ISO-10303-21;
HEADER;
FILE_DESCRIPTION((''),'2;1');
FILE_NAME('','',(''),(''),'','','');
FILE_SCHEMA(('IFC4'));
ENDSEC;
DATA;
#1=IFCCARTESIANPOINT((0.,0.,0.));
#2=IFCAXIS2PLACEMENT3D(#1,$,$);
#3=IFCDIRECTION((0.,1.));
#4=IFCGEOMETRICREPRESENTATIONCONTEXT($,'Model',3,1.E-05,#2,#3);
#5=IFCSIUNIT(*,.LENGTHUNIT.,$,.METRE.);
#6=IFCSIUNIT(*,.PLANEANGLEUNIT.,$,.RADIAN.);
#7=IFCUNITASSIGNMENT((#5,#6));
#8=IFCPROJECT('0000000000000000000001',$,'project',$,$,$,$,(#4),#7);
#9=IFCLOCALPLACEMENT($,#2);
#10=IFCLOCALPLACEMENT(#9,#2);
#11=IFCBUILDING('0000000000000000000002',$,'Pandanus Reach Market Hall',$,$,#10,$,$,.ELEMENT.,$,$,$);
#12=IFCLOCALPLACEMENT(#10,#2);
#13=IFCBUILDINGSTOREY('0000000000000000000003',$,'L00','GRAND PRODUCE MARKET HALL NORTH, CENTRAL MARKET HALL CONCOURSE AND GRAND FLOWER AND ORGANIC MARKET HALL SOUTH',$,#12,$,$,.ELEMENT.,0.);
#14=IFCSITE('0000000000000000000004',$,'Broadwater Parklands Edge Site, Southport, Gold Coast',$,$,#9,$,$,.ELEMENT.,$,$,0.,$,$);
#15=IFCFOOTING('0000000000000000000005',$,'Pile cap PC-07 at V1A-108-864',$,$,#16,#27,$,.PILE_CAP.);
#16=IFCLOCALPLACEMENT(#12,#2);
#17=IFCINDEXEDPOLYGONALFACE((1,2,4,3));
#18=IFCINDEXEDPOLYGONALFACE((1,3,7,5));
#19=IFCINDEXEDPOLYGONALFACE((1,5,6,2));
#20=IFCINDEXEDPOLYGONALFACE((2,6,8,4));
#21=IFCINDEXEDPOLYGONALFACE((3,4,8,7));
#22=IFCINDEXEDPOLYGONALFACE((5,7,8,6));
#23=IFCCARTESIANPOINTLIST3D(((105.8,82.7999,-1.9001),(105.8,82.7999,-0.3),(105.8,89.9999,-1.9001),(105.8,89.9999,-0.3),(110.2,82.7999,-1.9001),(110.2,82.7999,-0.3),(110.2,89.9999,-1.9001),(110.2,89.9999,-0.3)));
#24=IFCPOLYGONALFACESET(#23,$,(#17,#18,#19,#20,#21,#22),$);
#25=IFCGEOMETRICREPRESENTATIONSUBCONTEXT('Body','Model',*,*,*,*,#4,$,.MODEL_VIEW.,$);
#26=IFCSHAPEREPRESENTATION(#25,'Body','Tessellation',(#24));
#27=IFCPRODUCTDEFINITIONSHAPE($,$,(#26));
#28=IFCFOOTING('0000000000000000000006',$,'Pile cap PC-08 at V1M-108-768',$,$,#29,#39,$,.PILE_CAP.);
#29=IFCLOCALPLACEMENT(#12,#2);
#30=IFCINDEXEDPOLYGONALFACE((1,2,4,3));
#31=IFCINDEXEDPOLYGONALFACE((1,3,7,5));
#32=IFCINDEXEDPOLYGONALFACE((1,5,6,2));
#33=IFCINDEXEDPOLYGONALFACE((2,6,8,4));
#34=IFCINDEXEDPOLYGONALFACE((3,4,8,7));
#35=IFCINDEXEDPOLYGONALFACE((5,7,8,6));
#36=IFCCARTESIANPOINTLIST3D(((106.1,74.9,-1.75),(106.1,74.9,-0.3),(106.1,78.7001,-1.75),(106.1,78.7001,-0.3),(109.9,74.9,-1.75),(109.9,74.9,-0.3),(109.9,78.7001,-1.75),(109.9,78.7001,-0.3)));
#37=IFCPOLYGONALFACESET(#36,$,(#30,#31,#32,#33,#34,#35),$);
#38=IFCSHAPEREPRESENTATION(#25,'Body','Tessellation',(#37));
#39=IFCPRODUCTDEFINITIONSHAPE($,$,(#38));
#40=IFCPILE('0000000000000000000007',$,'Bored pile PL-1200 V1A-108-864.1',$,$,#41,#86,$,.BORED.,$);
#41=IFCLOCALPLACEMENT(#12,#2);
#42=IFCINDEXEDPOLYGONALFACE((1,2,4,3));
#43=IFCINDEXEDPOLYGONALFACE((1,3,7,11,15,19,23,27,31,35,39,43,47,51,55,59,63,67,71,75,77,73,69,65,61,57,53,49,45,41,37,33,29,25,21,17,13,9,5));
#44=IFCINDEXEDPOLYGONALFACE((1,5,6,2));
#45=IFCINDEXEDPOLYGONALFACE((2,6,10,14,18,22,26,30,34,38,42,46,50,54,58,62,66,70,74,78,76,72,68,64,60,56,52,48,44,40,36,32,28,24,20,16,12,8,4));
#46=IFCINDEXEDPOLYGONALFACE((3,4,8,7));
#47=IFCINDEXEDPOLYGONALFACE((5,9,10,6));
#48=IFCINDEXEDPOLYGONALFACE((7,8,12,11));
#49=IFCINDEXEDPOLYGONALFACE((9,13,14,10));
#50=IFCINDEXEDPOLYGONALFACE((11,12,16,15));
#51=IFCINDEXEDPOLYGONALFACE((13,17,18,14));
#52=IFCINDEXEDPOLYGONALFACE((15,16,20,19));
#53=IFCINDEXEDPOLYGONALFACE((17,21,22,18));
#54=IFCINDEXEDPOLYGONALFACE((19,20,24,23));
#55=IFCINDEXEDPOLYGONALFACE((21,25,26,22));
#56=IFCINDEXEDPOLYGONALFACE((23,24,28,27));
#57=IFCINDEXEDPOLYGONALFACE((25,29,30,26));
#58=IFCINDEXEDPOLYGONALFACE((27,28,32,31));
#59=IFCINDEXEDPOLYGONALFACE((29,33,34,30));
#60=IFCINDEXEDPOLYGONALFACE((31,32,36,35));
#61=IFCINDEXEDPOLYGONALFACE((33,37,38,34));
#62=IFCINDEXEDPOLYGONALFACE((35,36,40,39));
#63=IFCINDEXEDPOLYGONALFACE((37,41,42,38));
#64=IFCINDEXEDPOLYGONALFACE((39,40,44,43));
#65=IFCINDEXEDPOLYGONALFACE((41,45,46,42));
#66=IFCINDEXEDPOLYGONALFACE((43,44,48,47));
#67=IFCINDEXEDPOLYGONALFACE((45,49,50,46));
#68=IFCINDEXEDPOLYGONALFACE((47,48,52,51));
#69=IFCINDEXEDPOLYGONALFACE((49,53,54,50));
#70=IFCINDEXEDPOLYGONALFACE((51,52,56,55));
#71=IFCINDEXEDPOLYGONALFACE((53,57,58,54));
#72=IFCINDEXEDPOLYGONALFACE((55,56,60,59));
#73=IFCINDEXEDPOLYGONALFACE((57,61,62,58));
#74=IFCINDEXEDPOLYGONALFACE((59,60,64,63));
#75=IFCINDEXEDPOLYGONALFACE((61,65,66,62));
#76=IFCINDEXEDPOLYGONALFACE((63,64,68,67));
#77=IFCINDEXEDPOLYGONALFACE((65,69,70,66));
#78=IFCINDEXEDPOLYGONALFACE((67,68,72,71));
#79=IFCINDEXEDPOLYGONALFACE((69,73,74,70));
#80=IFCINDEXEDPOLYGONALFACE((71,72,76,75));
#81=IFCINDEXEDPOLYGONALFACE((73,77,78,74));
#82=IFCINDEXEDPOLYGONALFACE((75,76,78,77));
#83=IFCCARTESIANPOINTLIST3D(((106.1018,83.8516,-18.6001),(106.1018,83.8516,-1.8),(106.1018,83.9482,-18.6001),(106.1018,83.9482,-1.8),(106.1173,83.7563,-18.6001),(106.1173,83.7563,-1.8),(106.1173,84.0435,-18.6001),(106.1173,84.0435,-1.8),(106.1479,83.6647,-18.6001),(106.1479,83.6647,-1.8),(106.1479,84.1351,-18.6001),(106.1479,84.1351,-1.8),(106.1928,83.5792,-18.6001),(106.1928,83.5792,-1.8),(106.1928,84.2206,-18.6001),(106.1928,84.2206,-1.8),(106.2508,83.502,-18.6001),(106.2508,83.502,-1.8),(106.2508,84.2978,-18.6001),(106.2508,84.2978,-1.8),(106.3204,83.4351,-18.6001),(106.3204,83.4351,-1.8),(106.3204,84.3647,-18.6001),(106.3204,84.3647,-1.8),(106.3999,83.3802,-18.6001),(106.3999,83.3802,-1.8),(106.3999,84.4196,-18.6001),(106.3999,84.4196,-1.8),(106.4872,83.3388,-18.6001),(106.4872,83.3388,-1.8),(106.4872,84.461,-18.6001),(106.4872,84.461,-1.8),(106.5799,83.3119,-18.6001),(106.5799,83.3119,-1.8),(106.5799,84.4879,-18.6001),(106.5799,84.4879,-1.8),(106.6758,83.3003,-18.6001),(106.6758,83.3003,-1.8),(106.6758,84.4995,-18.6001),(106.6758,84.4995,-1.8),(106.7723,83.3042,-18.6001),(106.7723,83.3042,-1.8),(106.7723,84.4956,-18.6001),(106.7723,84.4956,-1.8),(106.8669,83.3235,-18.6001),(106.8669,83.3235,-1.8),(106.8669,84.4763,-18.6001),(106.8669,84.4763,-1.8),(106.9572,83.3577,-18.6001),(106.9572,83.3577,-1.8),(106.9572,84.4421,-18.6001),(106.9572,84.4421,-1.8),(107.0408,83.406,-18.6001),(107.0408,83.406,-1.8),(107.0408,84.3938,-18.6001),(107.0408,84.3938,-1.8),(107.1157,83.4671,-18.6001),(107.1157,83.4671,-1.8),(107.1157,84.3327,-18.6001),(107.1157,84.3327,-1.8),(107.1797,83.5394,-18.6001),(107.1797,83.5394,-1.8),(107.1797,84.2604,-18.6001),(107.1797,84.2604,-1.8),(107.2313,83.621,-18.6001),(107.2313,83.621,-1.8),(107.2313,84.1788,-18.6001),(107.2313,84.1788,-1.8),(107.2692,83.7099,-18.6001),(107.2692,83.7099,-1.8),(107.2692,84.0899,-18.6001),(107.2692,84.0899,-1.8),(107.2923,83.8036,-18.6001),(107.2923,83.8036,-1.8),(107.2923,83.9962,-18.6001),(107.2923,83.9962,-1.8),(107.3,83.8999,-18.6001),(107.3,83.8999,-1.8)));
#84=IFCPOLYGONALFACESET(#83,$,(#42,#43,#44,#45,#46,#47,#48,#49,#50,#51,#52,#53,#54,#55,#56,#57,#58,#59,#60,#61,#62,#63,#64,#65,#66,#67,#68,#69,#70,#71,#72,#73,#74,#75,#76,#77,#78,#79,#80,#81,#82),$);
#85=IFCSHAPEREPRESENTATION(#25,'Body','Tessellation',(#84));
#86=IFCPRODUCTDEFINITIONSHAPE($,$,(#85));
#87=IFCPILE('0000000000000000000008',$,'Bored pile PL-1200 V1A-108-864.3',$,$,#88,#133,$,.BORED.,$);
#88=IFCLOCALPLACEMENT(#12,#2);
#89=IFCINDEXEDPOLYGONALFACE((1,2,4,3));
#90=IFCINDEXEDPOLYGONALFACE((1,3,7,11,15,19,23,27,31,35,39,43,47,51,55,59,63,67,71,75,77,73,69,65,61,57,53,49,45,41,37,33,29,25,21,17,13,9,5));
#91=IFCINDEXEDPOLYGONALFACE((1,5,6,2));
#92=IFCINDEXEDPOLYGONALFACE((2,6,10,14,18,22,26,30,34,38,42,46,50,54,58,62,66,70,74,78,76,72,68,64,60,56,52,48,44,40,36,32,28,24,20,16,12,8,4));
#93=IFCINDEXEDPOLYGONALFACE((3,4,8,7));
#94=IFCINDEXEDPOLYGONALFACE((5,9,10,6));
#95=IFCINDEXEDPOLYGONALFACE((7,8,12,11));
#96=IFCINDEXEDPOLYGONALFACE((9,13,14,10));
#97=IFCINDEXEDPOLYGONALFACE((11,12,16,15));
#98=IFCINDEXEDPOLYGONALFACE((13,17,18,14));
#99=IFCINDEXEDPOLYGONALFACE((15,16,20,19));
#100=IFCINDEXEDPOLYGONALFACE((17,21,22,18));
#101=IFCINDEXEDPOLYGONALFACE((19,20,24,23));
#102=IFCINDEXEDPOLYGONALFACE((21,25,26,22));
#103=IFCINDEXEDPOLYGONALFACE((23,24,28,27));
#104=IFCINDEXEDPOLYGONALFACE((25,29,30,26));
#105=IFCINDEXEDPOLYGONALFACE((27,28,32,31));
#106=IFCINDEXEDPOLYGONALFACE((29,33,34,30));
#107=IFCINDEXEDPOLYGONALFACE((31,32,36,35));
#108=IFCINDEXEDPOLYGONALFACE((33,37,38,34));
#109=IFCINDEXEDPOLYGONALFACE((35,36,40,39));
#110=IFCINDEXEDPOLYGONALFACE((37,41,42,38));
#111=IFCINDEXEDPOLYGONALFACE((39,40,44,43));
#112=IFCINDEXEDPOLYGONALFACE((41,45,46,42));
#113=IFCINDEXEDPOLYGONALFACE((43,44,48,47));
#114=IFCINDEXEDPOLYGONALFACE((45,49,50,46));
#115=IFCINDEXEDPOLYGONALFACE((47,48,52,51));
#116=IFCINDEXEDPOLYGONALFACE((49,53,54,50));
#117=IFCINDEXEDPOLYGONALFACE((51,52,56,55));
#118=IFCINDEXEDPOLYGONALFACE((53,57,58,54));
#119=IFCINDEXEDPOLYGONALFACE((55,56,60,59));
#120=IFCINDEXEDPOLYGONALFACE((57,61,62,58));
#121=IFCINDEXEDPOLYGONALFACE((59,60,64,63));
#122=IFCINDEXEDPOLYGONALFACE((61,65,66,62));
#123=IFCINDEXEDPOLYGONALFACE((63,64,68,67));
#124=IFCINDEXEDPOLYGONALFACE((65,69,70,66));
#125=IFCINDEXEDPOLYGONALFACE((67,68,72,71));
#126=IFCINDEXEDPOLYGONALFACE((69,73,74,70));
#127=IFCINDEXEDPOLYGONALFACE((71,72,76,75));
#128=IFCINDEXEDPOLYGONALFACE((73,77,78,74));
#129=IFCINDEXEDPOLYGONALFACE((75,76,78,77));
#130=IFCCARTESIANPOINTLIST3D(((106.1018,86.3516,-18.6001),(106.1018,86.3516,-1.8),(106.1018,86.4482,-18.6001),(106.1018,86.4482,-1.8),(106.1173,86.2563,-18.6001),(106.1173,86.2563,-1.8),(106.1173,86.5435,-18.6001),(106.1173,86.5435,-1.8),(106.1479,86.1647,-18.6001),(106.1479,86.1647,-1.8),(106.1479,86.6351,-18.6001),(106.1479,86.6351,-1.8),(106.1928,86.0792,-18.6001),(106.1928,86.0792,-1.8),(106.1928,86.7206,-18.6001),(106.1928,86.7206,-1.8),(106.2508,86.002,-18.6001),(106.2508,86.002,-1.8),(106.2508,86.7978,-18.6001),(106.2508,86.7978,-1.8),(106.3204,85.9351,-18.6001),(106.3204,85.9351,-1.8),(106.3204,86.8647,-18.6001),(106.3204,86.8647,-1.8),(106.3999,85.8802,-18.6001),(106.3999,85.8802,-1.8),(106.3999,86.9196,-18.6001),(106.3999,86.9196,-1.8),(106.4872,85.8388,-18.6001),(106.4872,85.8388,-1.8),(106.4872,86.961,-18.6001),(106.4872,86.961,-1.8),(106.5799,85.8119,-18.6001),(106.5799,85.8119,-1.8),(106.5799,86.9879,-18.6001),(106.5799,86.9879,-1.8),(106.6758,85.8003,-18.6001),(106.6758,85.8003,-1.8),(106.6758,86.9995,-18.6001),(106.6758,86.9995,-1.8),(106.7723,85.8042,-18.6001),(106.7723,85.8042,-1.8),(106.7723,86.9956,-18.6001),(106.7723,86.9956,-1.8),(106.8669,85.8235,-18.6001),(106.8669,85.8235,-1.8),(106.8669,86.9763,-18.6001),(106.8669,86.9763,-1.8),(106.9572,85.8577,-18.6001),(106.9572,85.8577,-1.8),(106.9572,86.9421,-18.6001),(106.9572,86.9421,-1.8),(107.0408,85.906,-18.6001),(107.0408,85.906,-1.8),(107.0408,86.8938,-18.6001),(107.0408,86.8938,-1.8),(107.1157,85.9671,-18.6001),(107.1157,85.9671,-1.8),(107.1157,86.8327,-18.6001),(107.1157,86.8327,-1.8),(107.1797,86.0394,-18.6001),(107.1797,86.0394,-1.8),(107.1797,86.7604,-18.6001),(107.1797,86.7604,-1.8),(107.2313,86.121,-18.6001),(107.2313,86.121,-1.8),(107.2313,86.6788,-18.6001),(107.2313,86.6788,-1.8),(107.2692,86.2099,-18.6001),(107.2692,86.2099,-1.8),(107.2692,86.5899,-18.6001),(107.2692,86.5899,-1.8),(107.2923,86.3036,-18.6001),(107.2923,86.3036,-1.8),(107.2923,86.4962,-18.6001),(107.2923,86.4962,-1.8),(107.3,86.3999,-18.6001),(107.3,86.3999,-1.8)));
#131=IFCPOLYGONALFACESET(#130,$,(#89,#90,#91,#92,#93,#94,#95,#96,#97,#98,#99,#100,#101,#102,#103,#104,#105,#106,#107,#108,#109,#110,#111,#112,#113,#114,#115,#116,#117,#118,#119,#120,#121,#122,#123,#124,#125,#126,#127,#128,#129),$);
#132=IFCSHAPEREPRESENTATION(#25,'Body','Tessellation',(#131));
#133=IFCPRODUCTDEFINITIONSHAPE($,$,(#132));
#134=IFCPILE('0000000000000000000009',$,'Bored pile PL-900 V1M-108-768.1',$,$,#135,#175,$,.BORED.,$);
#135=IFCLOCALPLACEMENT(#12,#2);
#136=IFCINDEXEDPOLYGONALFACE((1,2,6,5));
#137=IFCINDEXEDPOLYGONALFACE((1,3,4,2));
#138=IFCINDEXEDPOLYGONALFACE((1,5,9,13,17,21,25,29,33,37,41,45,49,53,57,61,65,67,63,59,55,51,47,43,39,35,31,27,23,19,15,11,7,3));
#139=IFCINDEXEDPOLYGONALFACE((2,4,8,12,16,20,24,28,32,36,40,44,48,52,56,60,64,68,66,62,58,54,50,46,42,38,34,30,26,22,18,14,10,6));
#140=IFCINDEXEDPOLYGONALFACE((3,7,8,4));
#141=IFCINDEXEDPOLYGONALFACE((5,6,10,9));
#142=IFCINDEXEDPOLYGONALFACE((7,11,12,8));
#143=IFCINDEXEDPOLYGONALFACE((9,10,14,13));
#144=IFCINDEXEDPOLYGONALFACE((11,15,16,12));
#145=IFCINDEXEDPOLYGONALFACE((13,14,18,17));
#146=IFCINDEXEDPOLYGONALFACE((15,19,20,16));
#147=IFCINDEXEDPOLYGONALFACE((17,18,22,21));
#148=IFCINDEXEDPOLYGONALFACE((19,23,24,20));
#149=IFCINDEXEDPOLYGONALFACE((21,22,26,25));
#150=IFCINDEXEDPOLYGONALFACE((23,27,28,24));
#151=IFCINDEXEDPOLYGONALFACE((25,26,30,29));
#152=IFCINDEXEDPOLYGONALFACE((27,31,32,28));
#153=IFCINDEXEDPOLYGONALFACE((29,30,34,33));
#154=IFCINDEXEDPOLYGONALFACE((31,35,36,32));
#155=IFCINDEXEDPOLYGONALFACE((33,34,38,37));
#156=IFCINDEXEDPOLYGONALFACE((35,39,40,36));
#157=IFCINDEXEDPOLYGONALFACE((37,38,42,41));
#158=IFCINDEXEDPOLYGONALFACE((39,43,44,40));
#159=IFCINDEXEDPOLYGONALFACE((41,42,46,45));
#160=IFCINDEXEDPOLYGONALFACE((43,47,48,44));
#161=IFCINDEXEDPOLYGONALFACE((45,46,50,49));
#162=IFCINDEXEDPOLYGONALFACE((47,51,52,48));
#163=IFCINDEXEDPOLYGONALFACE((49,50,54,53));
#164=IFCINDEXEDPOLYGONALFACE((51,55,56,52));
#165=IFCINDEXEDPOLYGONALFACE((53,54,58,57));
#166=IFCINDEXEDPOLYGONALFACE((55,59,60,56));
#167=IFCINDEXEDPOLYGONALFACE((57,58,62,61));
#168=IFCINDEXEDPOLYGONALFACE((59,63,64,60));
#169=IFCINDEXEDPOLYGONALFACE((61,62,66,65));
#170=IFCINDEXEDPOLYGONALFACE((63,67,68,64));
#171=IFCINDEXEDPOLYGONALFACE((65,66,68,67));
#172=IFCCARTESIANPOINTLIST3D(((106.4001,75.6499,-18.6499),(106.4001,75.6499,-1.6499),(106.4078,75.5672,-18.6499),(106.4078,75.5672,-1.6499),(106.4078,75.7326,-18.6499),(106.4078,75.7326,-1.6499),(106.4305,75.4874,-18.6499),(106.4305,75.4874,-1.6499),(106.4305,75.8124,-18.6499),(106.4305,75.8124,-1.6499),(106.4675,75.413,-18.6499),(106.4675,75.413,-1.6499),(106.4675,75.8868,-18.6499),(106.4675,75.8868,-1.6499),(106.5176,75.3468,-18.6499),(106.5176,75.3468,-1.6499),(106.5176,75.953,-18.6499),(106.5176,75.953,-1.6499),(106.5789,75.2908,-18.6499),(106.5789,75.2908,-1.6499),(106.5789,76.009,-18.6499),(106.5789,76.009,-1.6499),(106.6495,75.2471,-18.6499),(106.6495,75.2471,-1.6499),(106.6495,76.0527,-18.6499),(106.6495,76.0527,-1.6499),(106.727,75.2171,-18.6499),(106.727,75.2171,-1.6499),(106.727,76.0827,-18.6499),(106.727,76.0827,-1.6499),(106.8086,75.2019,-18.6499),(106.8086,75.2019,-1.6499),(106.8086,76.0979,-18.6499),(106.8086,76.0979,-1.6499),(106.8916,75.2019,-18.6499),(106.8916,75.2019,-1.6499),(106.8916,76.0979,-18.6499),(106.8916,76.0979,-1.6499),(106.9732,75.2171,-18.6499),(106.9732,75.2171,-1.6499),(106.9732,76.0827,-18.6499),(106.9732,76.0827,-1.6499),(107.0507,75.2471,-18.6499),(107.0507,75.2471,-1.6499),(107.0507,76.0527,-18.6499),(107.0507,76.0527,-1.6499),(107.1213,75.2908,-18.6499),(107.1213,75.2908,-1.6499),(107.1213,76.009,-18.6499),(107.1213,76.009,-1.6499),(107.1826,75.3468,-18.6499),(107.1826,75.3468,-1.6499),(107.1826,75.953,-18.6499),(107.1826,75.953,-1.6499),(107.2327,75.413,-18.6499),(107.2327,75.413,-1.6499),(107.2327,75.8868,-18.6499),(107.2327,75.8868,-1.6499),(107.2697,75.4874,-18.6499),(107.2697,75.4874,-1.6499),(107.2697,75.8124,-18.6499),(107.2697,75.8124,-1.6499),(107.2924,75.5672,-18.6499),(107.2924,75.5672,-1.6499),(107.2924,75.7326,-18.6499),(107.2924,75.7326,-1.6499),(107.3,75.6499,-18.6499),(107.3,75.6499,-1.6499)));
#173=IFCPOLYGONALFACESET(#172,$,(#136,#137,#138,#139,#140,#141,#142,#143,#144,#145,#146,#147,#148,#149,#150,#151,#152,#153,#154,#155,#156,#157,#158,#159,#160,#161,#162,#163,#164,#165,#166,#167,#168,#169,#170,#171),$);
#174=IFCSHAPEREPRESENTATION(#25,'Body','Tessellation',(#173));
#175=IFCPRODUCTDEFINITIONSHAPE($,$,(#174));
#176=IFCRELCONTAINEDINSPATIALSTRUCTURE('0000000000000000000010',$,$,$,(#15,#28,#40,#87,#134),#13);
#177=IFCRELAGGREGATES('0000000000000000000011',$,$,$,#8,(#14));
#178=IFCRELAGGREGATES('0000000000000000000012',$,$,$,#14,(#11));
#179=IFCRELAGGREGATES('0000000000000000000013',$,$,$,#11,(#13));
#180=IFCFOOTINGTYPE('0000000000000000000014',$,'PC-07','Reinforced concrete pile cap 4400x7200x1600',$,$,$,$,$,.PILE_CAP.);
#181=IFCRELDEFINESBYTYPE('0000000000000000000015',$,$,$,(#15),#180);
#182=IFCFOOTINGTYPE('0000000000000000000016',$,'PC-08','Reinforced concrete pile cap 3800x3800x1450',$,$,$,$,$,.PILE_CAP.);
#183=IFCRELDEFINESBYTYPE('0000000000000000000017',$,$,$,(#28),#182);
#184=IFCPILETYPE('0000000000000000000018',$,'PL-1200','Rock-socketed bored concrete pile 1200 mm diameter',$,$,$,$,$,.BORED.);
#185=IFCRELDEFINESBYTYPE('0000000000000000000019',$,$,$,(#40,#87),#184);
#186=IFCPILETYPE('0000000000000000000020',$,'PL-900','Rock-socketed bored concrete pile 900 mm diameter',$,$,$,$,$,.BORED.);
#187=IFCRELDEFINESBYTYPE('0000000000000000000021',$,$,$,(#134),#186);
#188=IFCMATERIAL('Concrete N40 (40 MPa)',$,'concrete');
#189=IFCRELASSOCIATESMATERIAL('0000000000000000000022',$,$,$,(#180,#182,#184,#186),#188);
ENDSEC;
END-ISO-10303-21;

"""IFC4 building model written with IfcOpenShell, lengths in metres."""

from ifc_helpers import new_model, si_unit, direction, frame, origin, origin_2d, place, context, subcontext, project, spatial, rectangle, circle, extrude, material, material_profile, profile_set, type_object, element, save


model = new_model("IFC4")

# Units and contexts
model_context = context("Model", 3, precision=1e-05, world=origin(), true_north=direction((0.0, 1.0)))
body_context = subcontext(model_context, "Body", "Model", "MODEL_VIEW")
ifc_project = project(units=[si_unit("LENGTHUNIT", "METRE"), si_unit("PLANEANGLEUNIT", "RADIAN")], contexts=[model_context])

# Site, building, storey
site_placement = place(None, origin())
site = spatial("IfcSite", under=ifc_project, at=site_placement, Name="Broadwater Parklands Edge Site, Southport, Gold Coast", CompositionType="ELEMENT", RefElevation=0.0)
building_placement = place(site_placement, origin())
building = spatial("IfcBuilding", under=site, at=building_placement, Name="Pandanus Reach Market Hall", CompositionType="ELEMENT")
storey_placement = place(building_placement, origin())
storey = spatial("IfcBuildingStorey", under=building, at=storey_placement, Name="L00", Description="GRAND PRODUCE MARKET HALL NORTH, CENTRAL MARKET HALL CONCOURSE AND GRAND FLOWER AND ORGANIC MARKET HALL SOUTH", CompositionType="ELEMENT", Elevation=0.0)

# Footings
ifc_material_1 = material(Name="Concrete N40 (40 MPa)", Category="concrete")
footing_type_1 = type_object("IfcFootingType", Name="PC-07", Description="Reinforced concrete pile cap 4400x7200x1600", PredefinedType="PILE_CAP", material=ifc_material_1)
footing_1_placement = place(storey_placement, frame((108.0, 86.3999, -1.9001), z_axis=(0.0, 0.0, 1.0), x_axis=(1.0, 0.0, 0.0)))
element("IfcFooting", 1, at=footing_1_placement, inside=storey, type_object=footing_type_1, Name="Pile cap PC-07 at V1A-108-864", PredefinedType="PILE_CAP", context=body_context, shape_type="SweptSolid", body=[
    extrude(rectangle(XDim=4.3999, YDim=7.2, at=origin_2d()), origin(), (0.0, 0.0, 1.0), 1.6001),
])
footing_type_2 = type_object("IfcFootingType", Name="PC-08", Description="Reinforced concrete pile cap 3800x3800x1450", PredefinedType="PILE_CAP", material=ifc_material_1)
footing_2_placement = place(storey_placement, frame((108.0, 76.8, -1.75), z_axis=(0.0, 0.0, 1.0), x_axis=(1.0, 0.0, 0.0)))
element("IfcFooting", 2, at=footing_2_placement, inside=storey, type_object=footing_type_2, Name="Pile cap PC-08 at V1M-108-768", PredefinedType="PILE_CAP", context=body_context, shape_type="SweptSolid", body=[
    extrude(rectangle(XDim=3.8, YDim=3.8, at=origin_2d()), origin(), (0.0, 0.0, 1.0), 1.45),
])

# Piles
ifc_material_profile_1 = material_profile(ifc_material_1, circle(Radius=0.6001, at=origin_2d()), Name="PILE-1200D", Category="LoadBearing")
ifc_profile_set_1 = profile_set([ifc_material_profile_1], Name="Concrete N40 (40 MPa)")
pile_type_1 = type_object("IfcPileType", Name="PL-1200", Description="Rock-socketed bored concrete pile 1200 mm diameter", PredefinedType="BORED", material=ifc_profile_set_1)
for number, where, z_axis, x_axis, name in (
    (3, (106.7, 83.8999, -1.8), (0.0, 0.0, -1.0), (1.0, 0.0, 0.0), "Bored pile PL-1200 V1A-108-864.1"),
    (4, (106.7, 86.3999, -1.8), (0.0, 0.0, -1.0), (1.0, 0.0, 0.0), "Bored pile PL-1200 V1A-108-864.3"),
):
    element("IfcPile", number, at=place(storey_placement, frame(where, z_axis=z_axis, x_axis=x_axis)), inside=storey, type_object=pile_type_1, Name=name, PredefinedType="BORED", context=body_context, shape_type="SweptSolid", body=[
        extrude(circle(Radius=0.6001, at=origin_2d()), origin(), (0.0, 0.0, 1.0), 16.8),
    ])
ifc_material_profile_2 = material_profile(ifc_material_1, circle(Radius=0.45, at=origin_2d()), Name="PILE-900D", Category="LoadBearing")
ifc_profile_set_2 = profile_set([ifc_material_profile_2], Name="Concrete N40 (40 MPa)")
pile_type_2 = type_object("IfcPileType", Name="PL-900", Description="Rock-socketed bored concrete pile 900 mm diameter", PredefinedType="BORED", material=ifc_profile_set_2)
for number, where, z_axis, x_axis, name in (
    (5, (106.8501, 75.6499, -1.6499), (0.0, 0.0, -1.0), (1.0, 0.0, 0.0), "Bored pile PL-900 V1M-108-768.1"),
):
    element("IfcPile", number, at=place(storey_placement, frame(where, z_axis=z_axis, x_axis=x_axis)), inside=storey, type_object=pile_type_2, Name=name, PredefinedType="BORED", context=body_context, shape_type="SweptSolid", body=[
        extrude(circle(Radius=0.45, at=origin_2d()), origin(), (0.0, 0.0, 1.0), 17.0),
    ])

save(model, "model.ifc")
